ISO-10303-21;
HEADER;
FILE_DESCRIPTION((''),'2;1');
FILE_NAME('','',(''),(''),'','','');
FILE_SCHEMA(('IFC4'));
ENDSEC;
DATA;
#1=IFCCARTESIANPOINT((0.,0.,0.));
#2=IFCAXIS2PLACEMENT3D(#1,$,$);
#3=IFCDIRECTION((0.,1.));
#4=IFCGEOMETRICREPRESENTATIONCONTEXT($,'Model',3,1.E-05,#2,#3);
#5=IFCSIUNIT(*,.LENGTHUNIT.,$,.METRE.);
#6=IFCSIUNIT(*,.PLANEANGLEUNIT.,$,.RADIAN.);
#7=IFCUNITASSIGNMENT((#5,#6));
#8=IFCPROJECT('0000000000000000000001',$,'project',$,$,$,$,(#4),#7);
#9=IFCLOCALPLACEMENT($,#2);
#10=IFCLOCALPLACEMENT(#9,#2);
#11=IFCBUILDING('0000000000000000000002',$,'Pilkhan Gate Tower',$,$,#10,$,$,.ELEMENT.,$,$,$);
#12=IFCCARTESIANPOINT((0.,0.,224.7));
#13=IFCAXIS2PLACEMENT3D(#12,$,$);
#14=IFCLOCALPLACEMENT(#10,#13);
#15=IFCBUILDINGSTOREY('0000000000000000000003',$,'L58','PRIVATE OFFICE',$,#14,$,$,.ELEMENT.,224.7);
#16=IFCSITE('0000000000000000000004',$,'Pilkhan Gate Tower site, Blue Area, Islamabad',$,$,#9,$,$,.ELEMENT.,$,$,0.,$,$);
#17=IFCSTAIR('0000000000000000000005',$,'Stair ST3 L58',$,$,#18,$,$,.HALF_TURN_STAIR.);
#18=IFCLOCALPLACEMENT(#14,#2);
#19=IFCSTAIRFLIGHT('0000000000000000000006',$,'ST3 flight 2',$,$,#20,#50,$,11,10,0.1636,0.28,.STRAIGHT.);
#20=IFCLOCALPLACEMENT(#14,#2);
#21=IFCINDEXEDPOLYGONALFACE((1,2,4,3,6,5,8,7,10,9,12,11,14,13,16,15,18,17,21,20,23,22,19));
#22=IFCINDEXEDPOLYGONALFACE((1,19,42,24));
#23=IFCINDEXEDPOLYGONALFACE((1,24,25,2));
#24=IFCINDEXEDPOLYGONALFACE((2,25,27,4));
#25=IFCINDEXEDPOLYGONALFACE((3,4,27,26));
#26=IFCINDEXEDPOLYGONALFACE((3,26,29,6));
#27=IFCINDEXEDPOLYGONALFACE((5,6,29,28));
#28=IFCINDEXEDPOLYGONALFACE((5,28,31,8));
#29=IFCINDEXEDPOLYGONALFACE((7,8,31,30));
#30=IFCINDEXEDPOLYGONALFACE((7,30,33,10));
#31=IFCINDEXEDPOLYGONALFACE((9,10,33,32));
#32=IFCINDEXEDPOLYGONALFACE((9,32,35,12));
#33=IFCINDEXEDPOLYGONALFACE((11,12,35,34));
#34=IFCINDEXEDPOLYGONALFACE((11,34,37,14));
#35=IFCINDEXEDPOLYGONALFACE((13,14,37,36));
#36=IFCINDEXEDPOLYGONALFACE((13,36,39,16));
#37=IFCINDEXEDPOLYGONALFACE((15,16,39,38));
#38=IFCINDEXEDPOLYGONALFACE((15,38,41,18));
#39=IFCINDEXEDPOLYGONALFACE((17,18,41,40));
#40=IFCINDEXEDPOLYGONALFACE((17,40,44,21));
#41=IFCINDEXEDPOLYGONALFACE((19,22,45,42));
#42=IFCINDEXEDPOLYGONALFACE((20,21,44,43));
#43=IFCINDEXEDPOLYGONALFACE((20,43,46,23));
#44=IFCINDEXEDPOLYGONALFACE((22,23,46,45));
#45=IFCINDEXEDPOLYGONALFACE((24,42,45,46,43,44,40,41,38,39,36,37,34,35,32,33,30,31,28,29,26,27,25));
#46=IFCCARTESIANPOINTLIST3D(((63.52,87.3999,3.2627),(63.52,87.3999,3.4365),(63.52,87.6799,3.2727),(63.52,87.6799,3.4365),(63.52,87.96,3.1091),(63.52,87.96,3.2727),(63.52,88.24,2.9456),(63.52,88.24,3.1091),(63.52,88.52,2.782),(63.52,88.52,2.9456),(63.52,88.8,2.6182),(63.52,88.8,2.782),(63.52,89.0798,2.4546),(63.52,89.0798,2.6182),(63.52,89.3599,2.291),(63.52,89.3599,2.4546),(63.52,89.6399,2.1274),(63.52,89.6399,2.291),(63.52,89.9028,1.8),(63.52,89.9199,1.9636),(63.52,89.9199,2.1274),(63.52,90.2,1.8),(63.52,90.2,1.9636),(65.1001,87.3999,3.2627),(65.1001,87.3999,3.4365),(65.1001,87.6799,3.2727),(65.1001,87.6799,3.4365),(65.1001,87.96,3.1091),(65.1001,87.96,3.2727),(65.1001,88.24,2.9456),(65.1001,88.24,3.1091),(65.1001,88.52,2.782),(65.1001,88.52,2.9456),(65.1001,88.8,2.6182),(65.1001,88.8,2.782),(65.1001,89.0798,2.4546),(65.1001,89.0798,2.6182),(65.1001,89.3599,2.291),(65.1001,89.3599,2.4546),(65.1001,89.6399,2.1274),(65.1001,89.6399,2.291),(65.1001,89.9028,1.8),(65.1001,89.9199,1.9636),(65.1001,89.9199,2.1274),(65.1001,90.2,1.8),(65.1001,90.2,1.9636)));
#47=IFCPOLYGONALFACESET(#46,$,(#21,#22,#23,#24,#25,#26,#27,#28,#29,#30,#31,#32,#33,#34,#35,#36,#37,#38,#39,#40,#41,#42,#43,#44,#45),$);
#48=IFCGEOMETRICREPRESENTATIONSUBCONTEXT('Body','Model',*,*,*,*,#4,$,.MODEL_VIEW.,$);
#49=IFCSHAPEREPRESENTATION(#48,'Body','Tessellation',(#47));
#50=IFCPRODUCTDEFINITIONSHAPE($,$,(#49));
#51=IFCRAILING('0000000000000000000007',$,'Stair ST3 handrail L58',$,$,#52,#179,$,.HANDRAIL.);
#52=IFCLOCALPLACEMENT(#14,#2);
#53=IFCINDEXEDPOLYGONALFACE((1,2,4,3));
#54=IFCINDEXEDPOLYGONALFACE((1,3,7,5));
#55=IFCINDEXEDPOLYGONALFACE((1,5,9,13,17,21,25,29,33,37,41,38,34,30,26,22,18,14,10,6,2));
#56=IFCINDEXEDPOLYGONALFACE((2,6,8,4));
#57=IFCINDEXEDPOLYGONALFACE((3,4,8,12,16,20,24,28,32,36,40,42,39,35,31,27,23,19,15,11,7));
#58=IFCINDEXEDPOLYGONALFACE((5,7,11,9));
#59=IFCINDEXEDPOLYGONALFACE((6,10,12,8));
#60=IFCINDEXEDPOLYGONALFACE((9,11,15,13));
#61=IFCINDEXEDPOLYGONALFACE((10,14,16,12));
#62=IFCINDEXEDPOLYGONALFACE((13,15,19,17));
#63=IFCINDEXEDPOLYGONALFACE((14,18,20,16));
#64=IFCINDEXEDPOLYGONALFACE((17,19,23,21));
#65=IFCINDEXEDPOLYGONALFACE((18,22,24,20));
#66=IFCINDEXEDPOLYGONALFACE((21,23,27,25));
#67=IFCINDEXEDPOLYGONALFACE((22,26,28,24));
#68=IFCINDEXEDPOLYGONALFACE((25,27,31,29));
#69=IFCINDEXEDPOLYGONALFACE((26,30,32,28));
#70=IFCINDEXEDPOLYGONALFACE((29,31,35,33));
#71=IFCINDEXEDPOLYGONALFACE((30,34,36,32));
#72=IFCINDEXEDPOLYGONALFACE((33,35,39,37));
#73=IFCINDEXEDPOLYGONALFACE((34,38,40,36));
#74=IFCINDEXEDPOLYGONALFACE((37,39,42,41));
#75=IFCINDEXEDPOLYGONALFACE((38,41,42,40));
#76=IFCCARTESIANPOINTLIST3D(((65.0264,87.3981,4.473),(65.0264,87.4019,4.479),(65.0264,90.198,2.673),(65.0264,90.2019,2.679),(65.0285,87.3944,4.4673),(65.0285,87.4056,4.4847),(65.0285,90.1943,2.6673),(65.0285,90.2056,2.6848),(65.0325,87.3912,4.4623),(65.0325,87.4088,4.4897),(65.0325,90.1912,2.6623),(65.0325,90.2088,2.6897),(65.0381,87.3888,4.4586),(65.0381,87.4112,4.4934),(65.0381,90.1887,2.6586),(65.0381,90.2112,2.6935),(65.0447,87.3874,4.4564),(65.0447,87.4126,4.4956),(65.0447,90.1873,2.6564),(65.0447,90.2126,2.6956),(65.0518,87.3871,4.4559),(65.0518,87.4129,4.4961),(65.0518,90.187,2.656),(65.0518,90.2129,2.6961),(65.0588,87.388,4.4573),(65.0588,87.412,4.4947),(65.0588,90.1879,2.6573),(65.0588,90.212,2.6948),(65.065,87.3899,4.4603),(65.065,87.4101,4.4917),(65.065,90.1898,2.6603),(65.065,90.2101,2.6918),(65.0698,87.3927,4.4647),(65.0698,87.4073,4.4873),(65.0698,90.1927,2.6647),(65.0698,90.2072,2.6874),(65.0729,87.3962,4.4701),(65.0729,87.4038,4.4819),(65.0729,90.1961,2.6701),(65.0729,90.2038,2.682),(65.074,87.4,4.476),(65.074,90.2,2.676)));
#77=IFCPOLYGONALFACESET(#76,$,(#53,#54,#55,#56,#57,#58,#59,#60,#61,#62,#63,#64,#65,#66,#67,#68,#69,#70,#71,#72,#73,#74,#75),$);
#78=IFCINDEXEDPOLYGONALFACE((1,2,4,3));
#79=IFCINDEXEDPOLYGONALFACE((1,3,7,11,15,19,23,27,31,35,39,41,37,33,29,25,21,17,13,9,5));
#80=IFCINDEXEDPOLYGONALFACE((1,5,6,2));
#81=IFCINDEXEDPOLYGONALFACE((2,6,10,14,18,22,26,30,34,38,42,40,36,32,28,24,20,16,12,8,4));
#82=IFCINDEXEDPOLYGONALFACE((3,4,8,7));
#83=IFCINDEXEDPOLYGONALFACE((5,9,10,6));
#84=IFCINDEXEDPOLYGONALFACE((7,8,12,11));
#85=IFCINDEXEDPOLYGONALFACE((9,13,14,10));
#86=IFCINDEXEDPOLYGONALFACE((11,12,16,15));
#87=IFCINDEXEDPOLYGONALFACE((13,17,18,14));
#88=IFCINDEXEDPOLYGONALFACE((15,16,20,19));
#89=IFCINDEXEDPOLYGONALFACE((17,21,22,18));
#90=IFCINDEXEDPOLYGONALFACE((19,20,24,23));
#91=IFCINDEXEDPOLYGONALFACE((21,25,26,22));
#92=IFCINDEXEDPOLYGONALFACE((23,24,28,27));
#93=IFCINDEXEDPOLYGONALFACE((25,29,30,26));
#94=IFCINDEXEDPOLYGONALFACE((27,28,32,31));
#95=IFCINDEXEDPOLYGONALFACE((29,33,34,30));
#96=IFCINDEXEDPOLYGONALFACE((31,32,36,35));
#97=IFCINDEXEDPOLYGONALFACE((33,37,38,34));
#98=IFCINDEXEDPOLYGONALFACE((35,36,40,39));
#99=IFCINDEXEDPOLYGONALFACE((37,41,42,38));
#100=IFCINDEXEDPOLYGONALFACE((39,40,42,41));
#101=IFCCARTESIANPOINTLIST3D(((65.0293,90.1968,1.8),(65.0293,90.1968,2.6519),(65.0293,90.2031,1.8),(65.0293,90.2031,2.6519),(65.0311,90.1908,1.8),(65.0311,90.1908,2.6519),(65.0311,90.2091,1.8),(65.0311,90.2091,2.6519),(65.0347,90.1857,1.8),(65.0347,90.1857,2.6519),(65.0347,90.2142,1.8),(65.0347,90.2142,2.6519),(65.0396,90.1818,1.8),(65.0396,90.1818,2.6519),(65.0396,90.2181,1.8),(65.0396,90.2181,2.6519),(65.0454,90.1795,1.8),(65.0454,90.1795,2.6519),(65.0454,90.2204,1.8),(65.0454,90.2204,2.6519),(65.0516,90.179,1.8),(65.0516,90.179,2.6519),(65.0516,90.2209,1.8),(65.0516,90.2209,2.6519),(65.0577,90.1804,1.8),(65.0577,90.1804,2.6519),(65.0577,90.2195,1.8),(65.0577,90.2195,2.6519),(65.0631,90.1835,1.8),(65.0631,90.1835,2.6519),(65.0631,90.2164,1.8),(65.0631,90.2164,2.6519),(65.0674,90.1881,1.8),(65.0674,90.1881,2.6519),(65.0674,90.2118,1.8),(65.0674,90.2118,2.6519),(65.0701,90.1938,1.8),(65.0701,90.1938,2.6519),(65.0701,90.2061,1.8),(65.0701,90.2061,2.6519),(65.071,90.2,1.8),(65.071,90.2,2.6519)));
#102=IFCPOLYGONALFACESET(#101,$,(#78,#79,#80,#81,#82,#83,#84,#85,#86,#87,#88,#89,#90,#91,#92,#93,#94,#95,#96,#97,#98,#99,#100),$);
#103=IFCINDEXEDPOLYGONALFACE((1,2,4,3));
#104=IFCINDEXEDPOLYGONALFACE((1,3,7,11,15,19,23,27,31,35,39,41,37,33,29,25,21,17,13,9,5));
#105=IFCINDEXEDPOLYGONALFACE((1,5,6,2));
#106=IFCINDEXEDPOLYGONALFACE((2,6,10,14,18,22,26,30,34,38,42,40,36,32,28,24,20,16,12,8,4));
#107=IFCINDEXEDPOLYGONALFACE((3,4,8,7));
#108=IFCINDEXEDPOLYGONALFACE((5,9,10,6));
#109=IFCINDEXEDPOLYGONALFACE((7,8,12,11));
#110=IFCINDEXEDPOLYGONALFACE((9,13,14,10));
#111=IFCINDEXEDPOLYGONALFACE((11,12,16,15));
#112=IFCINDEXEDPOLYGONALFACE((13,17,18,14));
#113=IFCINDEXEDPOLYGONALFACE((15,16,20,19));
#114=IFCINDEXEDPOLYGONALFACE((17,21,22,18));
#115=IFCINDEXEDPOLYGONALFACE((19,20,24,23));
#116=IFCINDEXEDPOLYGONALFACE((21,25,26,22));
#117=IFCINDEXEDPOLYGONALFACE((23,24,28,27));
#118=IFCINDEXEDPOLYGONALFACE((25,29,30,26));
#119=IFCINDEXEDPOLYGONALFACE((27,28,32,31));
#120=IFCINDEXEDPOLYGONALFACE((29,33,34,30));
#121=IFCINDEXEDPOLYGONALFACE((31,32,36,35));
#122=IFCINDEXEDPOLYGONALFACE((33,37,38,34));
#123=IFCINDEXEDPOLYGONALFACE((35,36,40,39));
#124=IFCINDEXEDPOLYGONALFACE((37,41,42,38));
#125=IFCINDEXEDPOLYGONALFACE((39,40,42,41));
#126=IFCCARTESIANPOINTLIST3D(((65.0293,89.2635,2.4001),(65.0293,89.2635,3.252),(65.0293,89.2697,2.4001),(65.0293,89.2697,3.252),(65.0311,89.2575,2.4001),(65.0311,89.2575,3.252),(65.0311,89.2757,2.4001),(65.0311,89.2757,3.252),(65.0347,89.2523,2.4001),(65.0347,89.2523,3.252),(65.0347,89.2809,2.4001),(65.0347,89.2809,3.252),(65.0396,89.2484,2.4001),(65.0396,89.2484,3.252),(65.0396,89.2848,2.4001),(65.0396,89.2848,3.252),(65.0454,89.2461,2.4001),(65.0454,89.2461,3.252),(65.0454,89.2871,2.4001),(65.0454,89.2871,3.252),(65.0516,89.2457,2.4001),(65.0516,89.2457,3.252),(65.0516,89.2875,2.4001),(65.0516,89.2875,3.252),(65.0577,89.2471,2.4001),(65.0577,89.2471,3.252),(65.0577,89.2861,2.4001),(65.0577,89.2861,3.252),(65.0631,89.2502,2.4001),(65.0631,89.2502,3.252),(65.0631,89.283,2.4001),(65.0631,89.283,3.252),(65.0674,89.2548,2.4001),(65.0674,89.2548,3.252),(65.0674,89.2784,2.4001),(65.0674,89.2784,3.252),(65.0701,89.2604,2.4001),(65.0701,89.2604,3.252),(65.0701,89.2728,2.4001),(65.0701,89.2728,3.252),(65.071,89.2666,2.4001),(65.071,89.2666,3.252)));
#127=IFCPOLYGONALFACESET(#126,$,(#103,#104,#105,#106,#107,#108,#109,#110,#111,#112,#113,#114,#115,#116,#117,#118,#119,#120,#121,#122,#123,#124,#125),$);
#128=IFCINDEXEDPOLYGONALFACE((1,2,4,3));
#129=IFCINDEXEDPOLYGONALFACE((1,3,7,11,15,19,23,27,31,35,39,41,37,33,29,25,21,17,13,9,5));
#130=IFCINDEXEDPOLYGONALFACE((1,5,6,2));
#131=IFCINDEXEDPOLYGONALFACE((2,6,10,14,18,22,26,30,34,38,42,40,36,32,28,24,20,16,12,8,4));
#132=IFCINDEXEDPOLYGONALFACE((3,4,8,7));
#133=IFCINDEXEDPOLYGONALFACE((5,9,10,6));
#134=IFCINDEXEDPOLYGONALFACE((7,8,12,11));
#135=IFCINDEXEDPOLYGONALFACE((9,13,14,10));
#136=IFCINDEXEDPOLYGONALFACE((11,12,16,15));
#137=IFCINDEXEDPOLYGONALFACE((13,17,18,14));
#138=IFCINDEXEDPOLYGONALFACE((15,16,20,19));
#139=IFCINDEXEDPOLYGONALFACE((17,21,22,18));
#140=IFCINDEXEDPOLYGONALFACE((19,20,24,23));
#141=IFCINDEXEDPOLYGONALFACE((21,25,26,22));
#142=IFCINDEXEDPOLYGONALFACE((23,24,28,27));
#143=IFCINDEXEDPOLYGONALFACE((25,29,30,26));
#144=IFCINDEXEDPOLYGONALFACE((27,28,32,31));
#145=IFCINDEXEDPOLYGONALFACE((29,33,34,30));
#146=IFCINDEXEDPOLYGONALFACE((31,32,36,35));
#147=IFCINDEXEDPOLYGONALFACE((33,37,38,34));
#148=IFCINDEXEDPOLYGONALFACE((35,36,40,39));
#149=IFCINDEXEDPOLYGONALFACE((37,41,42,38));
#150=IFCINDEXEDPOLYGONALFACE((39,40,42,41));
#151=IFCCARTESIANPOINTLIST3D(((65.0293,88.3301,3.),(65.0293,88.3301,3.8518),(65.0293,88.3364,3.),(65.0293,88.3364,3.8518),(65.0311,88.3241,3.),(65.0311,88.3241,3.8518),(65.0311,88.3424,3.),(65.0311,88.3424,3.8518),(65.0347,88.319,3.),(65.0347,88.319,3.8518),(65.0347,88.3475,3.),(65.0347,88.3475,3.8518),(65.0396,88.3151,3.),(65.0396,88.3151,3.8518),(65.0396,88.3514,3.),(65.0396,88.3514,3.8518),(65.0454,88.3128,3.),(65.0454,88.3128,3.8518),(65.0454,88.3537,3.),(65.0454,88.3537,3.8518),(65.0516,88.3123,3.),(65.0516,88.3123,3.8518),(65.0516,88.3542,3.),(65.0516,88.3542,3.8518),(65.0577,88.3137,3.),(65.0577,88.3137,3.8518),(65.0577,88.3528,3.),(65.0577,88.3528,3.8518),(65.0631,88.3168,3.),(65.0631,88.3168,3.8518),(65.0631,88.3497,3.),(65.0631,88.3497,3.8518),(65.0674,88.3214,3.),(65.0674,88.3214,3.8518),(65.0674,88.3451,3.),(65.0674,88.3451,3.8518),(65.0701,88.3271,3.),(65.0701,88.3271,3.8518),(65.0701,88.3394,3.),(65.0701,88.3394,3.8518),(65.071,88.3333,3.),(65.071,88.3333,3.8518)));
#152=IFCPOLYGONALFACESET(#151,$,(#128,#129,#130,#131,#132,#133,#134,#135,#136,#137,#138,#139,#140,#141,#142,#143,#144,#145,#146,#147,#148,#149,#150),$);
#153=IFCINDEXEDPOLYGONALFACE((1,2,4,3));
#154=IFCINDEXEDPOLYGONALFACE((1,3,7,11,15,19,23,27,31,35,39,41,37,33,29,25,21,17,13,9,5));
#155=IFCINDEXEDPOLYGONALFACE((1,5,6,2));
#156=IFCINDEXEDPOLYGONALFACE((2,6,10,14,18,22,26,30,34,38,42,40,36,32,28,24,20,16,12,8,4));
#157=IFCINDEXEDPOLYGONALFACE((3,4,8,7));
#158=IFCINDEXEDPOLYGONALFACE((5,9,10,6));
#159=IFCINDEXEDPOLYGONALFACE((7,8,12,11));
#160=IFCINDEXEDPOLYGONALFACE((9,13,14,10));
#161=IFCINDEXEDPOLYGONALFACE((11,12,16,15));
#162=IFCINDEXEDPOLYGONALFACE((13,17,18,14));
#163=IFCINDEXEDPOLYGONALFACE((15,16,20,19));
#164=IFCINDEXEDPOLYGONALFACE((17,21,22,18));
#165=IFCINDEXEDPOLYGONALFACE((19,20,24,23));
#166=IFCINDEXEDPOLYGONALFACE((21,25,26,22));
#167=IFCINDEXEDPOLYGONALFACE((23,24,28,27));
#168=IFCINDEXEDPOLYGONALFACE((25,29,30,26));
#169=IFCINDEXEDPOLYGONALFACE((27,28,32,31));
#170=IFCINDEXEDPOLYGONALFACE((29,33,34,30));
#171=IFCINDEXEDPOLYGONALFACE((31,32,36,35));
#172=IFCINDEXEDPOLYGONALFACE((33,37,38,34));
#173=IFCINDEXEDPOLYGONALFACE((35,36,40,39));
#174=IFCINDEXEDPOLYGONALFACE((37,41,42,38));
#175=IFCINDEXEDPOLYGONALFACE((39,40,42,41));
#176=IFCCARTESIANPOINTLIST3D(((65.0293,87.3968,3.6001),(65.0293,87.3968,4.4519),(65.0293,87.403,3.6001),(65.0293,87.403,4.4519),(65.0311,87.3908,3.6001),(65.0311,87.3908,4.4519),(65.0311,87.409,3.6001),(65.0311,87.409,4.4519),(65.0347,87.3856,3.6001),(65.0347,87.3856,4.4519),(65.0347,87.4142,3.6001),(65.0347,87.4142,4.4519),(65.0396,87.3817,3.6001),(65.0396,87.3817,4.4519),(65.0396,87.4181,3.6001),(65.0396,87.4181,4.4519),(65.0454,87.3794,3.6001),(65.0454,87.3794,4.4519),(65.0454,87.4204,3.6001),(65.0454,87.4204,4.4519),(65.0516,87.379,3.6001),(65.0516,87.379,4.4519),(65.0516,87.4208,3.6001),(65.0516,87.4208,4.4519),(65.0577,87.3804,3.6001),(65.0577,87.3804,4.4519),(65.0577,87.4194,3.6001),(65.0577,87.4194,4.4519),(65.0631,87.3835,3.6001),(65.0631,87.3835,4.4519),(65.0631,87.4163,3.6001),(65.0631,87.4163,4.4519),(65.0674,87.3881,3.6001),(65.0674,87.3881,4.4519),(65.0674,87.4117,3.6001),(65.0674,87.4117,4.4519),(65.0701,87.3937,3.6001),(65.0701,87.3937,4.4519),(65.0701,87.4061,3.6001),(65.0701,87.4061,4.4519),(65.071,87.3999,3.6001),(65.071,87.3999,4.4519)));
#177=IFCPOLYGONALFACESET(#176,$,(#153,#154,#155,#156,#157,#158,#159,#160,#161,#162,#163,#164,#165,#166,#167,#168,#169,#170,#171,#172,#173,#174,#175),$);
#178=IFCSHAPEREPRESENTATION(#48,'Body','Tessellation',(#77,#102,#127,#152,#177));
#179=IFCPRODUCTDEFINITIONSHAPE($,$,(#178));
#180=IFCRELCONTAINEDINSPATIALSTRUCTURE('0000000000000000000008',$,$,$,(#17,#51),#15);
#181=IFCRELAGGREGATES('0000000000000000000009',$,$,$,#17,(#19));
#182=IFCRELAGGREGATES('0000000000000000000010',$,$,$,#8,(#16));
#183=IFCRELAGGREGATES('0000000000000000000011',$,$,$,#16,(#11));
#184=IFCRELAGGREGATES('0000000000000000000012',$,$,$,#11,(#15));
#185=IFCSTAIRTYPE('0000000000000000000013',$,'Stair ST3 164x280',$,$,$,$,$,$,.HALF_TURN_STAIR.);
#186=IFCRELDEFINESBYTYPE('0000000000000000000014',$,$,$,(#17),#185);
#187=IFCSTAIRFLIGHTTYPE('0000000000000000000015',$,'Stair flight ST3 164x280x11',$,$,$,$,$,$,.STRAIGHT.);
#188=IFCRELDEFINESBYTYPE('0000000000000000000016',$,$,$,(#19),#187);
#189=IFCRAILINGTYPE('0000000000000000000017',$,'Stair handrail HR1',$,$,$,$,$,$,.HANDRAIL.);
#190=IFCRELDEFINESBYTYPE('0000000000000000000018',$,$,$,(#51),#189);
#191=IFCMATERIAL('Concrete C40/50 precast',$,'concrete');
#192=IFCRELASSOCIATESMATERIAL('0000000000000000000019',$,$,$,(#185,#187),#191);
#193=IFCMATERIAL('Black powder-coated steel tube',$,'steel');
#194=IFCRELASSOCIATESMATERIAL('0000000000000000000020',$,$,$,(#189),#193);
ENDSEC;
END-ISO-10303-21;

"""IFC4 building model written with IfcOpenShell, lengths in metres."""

from ifc_helpers import new_model, si_unit, direction, frame, origin, origin_2d, place, context, subcontext, project, spatial, polyline, circle, outline, extrude, material, type_object, element, aggregate, save


model = new_model("IFC4")

# Units and contexts
model_context = context("Model", 3, precision=1e-05, world=origin(), true_north=direction((0.0, 1.0)))
body_context = subcontext(model_context, "Body", "Model", "MODEL_VIEW")
ifc_project = project(units=[si_unit("LENGTHUNIT", "METRE"), si_unit("PLANEANGLEUNIT", "RADIAN")], contexts=[model_context])

# Site, building, storey
site_placement = place(None, origin())
site = spatial("IfcSite", under=ifc_project, at=site_placement, Name="Pilkhan Gate Tower site, Blue Area, Islamabad", CompositionType="ELEMENT", RefElevation=0.0)
building_placement = place(site_placement, origin())
building = spatial("IfcBuilding", under=site, at=building_placement, Name="Pilkhan Gate Tower", CompositionType="ELEMENT")
storey_placement = place(building_placement, frame((0.0, 0.0, 224.7)))
storey = spatial("IfcBuildingStorey", under=building, at=storey_placement, Name="L58", Description="PRIVATE OFFICE", CompositionType="ELEMENT", Elevation=224.7)

# Stair, stair flight
ifc_material_1 = material(Name="Concrete C40/50 precast", Category="concrete")
stair_type = type_object("IfcStairType", Name="Stair ST3 164x280", PredefinedType="HALF_TURN_STAIR", material=ifc_material_1)
stair_placement = place(storey_placement, origin())
stair = element("IfcStair", 1, at=stair_placement, inside=storey, type_object=stair_type, Name="Stair ST3 L58", PredefinedType="HALF_TURN_STAIR")
stair_flight_type = type_object("IfcStairFlightType", Name="Stair flight ST3 164x280x11", PredefinedType="STRAIGHT", material=ifc_material_1)
stair_flight_placement = place(storey_placement, frame((64.3101, 90.2, 1.8), z_axis=(0.0, 0.0, 1.0), x_axis=(0.0, -1.0, 0.0)))
stair_flight = element("IfcStairFlight", 2, at=stair_flight_placement, type_object=stair_flight_type, Name="ST3 flight 2", NumberOfRisers=11, NumberOfTreads=10, PredefinedType="STRAIGHT", RiserHeight=0.1636, TreadLength=0.28, context=body_context, shape_type="SweptSolid", body=[
    extrude(outline(polyline([(0.0, 0.0), (0.0, 0.1636), (0.28, 0.1636), (0.28, 0.3274), (0.5601, 0.3274), (0.5601, 0.491), (0.8401, 0.491), (0.8401, 0.6545), (1.1201, 0.6545), (1.1201, 0.8181), (1.3999, 0.8181), (1.3999, 0.9819), (1.6799, 0.9819), (1.6799, 1.1455), (1.96, 1.1455), (1.96, 1.3091), (2.24, 1.3091), (2.24, 1.4727), (2.52, 1.4727), (2.52, 1.6365), (2.8, 1.6365), (2.8, 1.8), (2.8, 1.4626), (0.2971, 0.0), (0.0, 0.0)])), frame((0.0, 0.79, 0.0), z_axis=(0.0, -1.0, 0.0), x_axis=(1.0, 0.0, 0.0)), (0.0, 0.0, 1.0), 1.5801),
])
aggregate(stair, [stair_flight])

# Railing
ifc_material_2 = material(Name="Black powder-coated steel tube", Category="steel")
railing_type_1 = type_object("IfcRailingType", Name="Stair handrail HR1", PredefinedType="HANDRAIL", material=ifc_material_2)
railing_1_placement = place(storey_placement, frame((65.05, 90.2, 1.8)))
element("IfcRailing", 3, at=railing_1_placement, inside=storey, type_object=railing_type_1, Name="Stair ST3 handrail L58", PredefinedType="HANDRAIL", context=body_context, shape_type="SweptSolid", body=[
    extrude(circle(Radius=0.0239, at=origin_2d()), frame((0.0, 0.0, 0.876), z_axis=(0.0, -0.841176, 0.540761), x_axis=(1.0, 0.0, 0.0)), (0.0, 0.0, 1.0), 3.3286),
    extrude(circle(Radius=0.021, at=origin_2d()), origin(), (0.0, 0.0, 1.0), 0.8518),
    extrude(circle(Radius=0.021, at=origin_2d()), frame((0.0, -0.9333, 0.6001)), (0.0, 0.0, 1.0), 0.8518),
    extrude(circle(Radius=0.021, at=origin_2d()), frame((0.0, -1.8667, 1.2)), (0.0, 0.0, 1.0), 0.8518),
    extrude(circle(Radius=0.021, at=origin_2d()), frame((0.0, -2.8, 1.8)), (0.0, 0.0, 1.0), 0.8518),
])

save(model, "model.ifc")
